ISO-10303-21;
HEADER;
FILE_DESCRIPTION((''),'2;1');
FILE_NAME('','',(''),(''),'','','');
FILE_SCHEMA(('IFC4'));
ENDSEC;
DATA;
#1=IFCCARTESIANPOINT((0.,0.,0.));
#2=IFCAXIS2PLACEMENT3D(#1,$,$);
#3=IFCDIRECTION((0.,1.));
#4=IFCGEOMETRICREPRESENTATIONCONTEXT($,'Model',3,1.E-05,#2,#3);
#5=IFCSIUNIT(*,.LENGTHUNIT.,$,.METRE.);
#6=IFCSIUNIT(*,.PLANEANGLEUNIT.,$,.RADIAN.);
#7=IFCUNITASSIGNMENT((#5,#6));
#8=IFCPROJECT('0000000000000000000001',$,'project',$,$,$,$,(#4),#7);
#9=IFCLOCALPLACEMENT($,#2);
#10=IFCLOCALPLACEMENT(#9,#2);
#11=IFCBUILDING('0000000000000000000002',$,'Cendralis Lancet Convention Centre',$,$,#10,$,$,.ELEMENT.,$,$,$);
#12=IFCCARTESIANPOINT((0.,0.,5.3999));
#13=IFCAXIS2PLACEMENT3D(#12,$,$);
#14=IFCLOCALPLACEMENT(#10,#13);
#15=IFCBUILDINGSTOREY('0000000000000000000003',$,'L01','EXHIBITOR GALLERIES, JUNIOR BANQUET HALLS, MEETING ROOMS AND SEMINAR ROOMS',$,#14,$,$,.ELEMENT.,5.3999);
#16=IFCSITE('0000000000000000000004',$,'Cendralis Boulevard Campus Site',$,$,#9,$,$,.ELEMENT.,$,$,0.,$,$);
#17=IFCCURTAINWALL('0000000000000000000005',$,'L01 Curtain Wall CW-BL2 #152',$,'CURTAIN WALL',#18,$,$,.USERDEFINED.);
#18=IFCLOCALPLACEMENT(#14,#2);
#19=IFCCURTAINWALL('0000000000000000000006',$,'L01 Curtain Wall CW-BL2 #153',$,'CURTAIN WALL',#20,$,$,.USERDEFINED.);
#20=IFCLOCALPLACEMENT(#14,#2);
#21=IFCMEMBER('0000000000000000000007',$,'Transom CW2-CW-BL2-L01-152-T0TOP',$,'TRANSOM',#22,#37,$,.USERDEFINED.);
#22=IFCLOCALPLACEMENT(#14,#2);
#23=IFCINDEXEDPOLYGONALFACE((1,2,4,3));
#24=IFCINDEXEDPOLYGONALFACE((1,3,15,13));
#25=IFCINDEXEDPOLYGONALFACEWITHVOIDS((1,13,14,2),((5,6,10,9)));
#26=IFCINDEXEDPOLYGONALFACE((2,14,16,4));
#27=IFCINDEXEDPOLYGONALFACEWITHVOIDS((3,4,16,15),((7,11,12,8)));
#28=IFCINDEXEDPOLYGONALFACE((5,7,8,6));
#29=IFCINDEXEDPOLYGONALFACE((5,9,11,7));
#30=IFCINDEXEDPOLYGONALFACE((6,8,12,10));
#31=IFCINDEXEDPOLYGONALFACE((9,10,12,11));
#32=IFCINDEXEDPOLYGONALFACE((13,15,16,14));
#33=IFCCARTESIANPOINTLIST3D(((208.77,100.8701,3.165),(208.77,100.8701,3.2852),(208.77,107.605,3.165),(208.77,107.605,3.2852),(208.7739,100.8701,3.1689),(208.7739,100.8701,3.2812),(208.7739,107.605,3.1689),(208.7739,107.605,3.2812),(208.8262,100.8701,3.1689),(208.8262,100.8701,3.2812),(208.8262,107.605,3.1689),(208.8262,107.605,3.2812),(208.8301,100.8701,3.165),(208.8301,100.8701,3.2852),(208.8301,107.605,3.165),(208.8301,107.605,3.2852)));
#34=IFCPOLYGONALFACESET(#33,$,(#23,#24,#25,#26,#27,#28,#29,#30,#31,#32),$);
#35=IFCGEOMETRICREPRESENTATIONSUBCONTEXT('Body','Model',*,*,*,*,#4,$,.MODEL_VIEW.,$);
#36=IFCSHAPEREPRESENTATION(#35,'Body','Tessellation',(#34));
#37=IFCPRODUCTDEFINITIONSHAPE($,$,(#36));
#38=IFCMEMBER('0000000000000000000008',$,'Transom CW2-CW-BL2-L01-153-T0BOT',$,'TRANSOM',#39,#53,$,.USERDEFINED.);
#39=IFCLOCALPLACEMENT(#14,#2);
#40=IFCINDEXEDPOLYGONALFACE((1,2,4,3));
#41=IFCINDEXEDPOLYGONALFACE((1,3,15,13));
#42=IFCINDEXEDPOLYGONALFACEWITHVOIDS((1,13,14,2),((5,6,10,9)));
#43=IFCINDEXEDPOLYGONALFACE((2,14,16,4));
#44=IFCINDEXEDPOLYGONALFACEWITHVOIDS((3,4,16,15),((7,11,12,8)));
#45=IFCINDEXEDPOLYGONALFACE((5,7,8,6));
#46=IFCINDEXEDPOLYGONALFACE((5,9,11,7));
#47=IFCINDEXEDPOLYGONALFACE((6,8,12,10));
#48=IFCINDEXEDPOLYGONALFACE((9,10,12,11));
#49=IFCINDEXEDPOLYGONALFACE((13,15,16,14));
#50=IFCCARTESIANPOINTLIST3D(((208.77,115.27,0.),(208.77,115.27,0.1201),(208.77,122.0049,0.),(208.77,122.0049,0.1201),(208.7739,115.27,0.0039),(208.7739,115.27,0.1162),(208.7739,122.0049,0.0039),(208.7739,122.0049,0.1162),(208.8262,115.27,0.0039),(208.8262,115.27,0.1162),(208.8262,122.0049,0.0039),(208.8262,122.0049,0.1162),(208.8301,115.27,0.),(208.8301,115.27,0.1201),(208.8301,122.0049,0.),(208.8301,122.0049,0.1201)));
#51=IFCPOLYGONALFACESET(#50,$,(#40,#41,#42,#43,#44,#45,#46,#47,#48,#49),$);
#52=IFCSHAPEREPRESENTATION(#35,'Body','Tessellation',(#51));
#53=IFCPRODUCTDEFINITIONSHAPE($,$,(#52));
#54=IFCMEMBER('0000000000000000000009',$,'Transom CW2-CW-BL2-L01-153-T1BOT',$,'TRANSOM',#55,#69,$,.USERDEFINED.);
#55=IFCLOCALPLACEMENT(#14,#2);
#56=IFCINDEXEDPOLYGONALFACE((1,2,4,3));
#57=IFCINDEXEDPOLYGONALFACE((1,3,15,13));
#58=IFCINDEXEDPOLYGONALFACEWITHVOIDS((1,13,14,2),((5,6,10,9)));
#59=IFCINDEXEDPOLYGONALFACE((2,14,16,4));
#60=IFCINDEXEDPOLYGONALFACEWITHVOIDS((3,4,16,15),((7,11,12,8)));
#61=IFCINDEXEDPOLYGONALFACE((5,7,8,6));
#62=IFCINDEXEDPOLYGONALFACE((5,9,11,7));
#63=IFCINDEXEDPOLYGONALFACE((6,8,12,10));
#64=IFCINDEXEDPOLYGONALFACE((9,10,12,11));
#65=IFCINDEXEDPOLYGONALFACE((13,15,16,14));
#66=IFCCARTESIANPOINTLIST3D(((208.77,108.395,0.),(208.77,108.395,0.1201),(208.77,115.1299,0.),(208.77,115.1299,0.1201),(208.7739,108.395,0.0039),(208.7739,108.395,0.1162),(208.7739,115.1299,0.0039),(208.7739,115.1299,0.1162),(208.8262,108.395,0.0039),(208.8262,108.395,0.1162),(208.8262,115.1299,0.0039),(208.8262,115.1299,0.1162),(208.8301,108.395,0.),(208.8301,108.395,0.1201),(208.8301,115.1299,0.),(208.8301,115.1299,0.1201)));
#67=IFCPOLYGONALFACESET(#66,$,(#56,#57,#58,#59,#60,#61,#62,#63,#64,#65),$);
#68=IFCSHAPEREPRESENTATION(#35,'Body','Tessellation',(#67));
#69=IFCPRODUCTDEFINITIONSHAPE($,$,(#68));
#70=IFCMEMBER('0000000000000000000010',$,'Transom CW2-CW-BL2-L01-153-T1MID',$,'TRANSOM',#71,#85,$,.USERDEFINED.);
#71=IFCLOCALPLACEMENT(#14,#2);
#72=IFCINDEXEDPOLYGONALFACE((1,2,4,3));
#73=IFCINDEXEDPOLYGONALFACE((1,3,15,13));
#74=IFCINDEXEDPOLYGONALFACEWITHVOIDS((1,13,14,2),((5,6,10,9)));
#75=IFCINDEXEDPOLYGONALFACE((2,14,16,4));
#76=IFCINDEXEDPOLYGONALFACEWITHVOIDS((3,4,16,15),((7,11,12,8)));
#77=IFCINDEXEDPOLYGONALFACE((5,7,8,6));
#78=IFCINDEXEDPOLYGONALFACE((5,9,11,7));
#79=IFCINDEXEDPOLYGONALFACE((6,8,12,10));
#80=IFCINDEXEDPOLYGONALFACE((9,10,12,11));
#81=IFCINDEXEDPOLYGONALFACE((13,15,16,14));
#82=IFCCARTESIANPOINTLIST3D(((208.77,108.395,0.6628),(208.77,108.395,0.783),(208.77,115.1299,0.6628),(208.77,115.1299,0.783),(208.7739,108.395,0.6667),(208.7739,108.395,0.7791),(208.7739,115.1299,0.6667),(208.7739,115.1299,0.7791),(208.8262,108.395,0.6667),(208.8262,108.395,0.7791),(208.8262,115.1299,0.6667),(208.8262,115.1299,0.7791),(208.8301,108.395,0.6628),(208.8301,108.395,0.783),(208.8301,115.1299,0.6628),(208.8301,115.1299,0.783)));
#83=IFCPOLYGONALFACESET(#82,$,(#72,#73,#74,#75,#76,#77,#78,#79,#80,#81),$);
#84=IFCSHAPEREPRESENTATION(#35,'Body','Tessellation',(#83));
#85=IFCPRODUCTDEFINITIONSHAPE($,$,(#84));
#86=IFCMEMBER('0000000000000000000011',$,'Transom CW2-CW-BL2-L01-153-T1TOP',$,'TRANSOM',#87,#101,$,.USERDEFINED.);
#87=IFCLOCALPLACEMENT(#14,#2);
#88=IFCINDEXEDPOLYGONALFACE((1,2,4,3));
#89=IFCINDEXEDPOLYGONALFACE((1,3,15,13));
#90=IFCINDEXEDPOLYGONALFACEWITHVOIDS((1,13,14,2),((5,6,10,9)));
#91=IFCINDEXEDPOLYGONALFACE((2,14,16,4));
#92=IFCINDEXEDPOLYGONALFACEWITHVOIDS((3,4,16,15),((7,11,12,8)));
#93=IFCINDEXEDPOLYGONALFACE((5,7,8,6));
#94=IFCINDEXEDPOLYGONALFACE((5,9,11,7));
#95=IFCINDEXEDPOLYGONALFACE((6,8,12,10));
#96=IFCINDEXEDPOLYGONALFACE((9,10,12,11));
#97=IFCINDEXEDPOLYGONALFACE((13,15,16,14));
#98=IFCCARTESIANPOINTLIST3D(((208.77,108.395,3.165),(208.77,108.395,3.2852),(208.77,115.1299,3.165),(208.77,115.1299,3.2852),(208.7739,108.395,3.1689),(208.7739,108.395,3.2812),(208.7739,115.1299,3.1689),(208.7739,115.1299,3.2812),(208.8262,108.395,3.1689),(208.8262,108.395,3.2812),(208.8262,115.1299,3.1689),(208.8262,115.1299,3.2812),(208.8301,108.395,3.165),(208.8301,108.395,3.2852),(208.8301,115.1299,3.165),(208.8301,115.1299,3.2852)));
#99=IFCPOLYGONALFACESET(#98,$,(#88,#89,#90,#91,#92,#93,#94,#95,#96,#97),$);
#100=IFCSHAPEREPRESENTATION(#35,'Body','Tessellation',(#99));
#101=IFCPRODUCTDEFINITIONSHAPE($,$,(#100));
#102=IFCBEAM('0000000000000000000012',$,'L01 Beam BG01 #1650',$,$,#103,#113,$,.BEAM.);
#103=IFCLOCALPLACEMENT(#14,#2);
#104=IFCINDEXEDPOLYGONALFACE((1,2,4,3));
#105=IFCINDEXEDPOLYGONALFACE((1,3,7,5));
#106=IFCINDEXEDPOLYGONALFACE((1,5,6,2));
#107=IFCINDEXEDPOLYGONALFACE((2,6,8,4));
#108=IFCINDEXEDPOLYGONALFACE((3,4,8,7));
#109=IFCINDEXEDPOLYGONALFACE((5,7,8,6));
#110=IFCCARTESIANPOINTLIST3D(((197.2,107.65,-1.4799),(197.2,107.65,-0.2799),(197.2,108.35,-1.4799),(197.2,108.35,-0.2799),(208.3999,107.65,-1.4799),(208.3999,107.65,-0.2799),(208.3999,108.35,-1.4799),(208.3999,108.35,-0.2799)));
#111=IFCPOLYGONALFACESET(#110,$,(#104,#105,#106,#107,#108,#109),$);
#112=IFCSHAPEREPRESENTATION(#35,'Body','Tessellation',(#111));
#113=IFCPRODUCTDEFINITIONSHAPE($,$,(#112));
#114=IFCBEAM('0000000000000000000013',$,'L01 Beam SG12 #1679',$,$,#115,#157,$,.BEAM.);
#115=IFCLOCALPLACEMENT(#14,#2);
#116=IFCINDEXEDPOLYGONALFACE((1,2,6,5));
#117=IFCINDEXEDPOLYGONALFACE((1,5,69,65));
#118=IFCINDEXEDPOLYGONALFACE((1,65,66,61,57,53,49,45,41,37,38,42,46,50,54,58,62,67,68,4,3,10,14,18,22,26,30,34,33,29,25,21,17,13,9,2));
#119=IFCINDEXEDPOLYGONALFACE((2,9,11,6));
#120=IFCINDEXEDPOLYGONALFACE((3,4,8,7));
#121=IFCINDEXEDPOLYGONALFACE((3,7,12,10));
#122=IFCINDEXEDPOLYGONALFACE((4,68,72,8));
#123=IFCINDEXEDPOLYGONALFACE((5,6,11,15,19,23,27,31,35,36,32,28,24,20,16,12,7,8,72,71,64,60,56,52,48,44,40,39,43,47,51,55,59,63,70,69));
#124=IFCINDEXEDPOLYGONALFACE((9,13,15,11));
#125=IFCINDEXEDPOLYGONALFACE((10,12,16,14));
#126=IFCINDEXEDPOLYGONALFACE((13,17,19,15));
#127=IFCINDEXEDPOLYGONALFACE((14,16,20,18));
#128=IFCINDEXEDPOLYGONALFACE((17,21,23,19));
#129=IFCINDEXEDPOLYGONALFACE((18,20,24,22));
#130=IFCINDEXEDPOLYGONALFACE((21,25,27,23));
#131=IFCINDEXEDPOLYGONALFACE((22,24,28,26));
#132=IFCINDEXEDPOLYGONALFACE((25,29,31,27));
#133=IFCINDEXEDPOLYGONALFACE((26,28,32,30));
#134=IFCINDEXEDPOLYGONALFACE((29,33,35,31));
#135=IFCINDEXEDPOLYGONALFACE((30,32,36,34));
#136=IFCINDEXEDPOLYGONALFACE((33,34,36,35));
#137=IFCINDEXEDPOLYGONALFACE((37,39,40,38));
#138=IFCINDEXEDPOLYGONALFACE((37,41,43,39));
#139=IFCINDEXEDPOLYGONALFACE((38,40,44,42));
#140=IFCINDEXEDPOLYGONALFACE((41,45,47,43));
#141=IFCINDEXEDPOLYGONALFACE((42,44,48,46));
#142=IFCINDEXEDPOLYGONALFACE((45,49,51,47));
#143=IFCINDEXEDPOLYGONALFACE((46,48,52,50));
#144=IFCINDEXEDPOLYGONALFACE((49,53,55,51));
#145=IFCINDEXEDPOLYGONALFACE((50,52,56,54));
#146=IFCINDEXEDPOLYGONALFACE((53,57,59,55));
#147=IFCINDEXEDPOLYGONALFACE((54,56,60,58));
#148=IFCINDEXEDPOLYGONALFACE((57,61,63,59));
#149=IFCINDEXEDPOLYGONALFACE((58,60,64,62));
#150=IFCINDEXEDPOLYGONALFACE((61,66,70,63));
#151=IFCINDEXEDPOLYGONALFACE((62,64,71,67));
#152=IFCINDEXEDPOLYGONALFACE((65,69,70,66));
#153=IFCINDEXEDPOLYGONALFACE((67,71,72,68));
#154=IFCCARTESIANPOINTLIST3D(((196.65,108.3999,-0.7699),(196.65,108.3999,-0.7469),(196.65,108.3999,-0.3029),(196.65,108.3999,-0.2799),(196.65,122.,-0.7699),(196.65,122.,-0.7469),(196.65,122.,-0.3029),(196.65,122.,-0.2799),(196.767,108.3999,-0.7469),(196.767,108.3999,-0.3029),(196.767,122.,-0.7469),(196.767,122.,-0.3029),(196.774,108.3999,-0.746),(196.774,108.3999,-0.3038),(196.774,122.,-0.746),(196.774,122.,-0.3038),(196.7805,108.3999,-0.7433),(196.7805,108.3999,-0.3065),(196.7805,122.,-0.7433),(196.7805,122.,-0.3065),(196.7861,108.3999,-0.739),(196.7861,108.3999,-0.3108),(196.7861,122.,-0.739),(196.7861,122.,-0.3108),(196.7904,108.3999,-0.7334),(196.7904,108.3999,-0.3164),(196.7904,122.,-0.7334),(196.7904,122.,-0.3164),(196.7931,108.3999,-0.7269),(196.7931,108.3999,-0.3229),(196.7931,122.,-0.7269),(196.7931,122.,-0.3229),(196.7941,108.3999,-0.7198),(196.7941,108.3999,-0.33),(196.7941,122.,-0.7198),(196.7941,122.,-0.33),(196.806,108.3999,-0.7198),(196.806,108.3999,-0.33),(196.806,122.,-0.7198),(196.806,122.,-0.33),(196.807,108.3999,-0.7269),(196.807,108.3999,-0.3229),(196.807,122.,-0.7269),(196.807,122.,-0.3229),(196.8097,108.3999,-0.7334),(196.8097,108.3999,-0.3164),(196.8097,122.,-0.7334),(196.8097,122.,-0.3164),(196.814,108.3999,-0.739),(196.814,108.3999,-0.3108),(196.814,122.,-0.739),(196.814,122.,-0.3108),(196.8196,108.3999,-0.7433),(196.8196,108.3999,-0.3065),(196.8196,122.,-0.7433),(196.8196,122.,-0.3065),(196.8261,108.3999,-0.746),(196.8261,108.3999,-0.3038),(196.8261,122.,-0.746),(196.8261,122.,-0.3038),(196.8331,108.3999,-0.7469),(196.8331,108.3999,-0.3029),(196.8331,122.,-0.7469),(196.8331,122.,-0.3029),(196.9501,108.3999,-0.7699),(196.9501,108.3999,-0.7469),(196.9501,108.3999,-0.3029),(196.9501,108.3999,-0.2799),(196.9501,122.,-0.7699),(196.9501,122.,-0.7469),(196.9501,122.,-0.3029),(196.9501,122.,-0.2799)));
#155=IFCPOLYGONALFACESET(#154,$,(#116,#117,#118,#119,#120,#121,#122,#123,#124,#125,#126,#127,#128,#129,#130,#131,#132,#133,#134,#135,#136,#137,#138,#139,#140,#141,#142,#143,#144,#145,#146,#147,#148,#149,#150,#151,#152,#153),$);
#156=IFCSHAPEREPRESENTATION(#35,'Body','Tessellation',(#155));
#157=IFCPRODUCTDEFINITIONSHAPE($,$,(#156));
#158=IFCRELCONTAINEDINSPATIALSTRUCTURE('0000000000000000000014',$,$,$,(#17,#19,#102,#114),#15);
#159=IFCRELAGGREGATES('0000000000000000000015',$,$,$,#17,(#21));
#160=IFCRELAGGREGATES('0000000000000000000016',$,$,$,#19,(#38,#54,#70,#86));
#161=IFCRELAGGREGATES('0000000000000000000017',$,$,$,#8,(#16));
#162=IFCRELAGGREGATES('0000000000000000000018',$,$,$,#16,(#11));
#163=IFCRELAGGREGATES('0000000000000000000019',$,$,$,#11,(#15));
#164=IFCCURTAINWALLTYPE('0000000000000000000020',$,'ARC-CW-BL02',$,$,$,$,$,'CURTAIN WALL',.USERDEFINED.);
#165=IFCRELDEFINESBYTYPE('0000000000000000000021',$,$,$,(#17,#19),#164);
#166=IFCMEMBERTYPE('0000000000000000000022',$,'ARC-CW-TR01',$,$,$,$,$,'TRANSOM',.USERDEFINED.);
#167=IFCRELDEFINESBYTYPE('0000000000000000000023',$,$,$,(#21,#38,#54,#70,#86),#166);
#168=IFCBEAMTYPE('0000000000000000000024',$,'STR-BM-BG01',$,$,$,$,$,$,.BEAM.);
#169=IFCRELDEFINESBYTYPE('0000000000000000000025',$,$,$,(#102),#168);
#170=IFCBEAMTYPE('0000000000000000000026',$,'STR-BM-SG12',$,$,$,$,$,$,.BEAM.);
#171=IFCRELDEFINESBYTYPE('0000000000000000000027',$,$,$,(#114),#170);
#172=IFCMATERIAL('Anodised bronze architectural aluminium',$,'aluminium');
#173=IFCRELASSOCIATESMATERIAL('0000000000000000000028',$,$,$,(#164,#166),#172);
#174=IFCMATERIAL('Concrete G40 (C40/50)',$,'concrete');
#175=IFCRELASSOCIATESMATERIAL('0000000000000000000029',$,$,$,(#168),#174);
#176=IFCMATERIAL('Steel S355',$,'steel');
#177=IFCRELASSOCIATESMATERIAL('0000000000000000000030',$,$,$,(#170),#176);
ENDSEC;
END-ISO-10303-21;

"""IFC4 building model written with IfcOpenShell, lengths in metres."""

from ifc_helpers import new_model, si_unit, direction, frame, origin, origin_2d, place, context, subcontext, project, spatial, rectangle, hollow_rectangle, i_section, extrude, material, material_profile, profile_set, type_object, element, aggregate, save


model = new_model("IFC4")

# Units and contexts
model_context = context("Model", 3, precision=1e-05, world=origin(), true_north=direction((0.0, 1.0)))
body_context = subcontext(model_context, "Body", "Model", "MODEL_VIEW")
ifc_project = project(units=[si_unit("LENGTHUNIT", "METRE"), si_unit("PLANEANGLEUNIT", "RADIAN")], contexts=[model_context])

# Site, building, storey
site_placement = place(None, origin())
site = spatial("IfcSite", under=ifc_project, at=site_placement, Name="Cendralis Boulevard Campus Site", CompositionType="ELEMENT", RefElevation=0.0)
building_placement = place(site_placement, origin())
building = spatial("IfcBuilding", under=site, at=building_placement, Name="Cendralis Lancet Convention Centre", CompositionType="ELEMENT")
storey_placement = place(building_placement, frame((0.0, 0.0, 5.3999)))
storey = spatial("IfcBuildingStorey", under=building, at=storey_placement, Name="L01", Description="EXHIBITOR GALLERIES, JUNIOR BANQUET HALLS, MEETING ROOMS AND SEMINAR ROOMS", CompositionType="ELEMENT", Elevation=5.3999)

# Shared definitions
ifc_material_1 = material(Name="Steel S355", Category="steel")

# Curtain wall
ifc_material_2 = material(Name="Anodised bronze architectural aluminium", Category="aluminium")
curtain_wall_type = type_object("IfcCurtainWallType", Name="ARC-CW-BL02", ElementType="CURTAIN WALL", PredefinedType="USERDEFINED", material=ifc_material_2)
curtain_wall_1_placement = place(storey_placement, origin())
curtain_wall_1 = element("IfcCurtainWall", 1, at=curtain_wall_1_placement, inside=storey, type_object=curtain_wall_type, Name="L01 Curtain Wall CW-BL2 #152", ObjectType="CURTAIN WALL", PredefinedType="USERDEFINED")

# Curtain wall
curtain_wall_2_placement = place(storey_placement, origin())
curtain_wall_2 = element("IfcCurtainWall", 2, at=curtain_wall_2_placement, inside=storey, type_object=curtain_wall_type, Name="L01 Curtain Wall CW-BL2 #153", ObjectType="CURTAIN WALL", PredefinedType="USERDEFINED")

# Members
ifc_material_profile_1 = material_profile(ifc_material_2, hollow_rectangle(XDim=0.0601, YDim=0.1201, WallThickness=0.0039, at=origin_2d()), Name="AL-TRAN 60x120x4.0")
ifc_profile_set_1 = profile_set([ifc_material_profile_1], Name="Anodised bronze architectural aluminium")
member_type_1 = type_object("IfcMemberType", Name="ARC-CW-TR01", ElementType="TRANSOM", PredefinedType="USERDEFINED", material=ifc_profile_set_1)
member_1_placement = place(storey_placement, frame((208.8, 107.605, 3.2251), z_axis=(0.0, -1.0, 0.0), x_axis=(1.0, 0.0, 0.0)))
member_1 = element("IfcMember", 3, at=member_1_placement, type_object=member_type_1, Name="Transom CW2-CW-BL2-L01-152-T0TOP", ObjectType="TRANSOM", PredefinedType="USERDEFINED", context=body_context, shape_type="SweptSolid", body=[
    extrude(hollow_rectangle(XDim=0.0601, YDim=0.1201, WallThickness=0.0039, at=origin_2d()), origin(), (0.0, 0.0, 1.0), 6.7349),
])
aggregate(curtain_wall_1, [member_1])
member_2_placement = place(storey_placement, frame((208.8, 122.0049, 0.0601), z_axis=(0.0, -1.0, 0.0), x_axis=(1.0, 0.0, 0.0)))
member_2 = element("IfcMember", 4, at=member_2_placement, type_object=member_type_1, Name="Transom CW2-CW-BL2-L01-153-T0BOT", ObjectType="TRANSOM", PredefinedType="USERDEFINED", context=body_context, shape_type="SweptSolid", body=[
    extrude(hollow_rectangle(XDim=0.0601, YDim=0.1201, WallThickness=0.0039, at=origin_2d()), origin(), (0.0, 0.0, 1.0), 6.7349),
])
member_3_placement = place(storey_placement, frame((208.8, 115.1299, 0.0601), z_axis=(0.0, -1.0, 0.0), x_axis=(1.0, 0.0, 0.0)))
member_3 = element("IfcMember", 5, at=member_3_placement, type_object=member_type_1, Name="Transom CW2-CW-BL2-L01-153-T1BOT", ObjectType="TRANSOM", PredefinedType="USERDEFINED", context=body_context, shape_type="SweptSolid", body=[
    extrude(hollow_rectangle(XDim=0.0601, YDim=0.1201, WallThickness=0.0039, at=origin_2d()), origin(), (0.0, 0.0, 1.0), 6.7349),
])
member_4_placement = place(storey_placement, frame((208.8, 115.1299, 0.7229), z_axis=(0.0, -1.0, 0.0), x_axis=(1.0, 0.0, 0.0)))
member_4 = element("IfcMember", 6, at=member_4_placement, type_object=member_type_1, Name="Transom CW2-CW-BL2-L01-153-T1MID", ObjectType="TRANSOM", PredefinedType="USERDEFINED", context=body_context, shape_type="SweptSolid", body=[
    extrude(hollow_rectangle(XDim=0.0601, YDim=0.1201, WallThickness=0.0039, at=origin_2d()), origin(), (0.0, 0.0, 1.0), 6.7349),
])
member_5_placement = place(storey_placement, frame((208.8, 115.1299, 3.2251), z_axis=(0.0, -1.0, 0.0), x_axis=(1.0, 0.0, 0.0)))
member_5 = element("IfcMember", 7, at=member_5_placement, type_object=member_type_1, Name="Transom CW2-CW-BL2-L01-153-T1TOP", ObjectType="TRANSOM", PredefinedType="USERDEFINED", context=body_context, shape_type="SweptSolid", body=[
    extrude(hollow_rectangle(XDim=0.0601, YDim=0.1201, WallThickness=0.0039, at=origin_2d()), origin(), (0.0, 0.0, 1.0), 6.7349),
])

# Beams
ifc_material_3 = material(Name="Concrete G40 (C40/50)", Category="concrete")
ifc_material_profile_2 = material_profile(ifc_material_3, rectangle(XDim=0.7, YDim=1.2, at=origin_2d()), Name="RCB 700x1200")
ifc_profile_set_2 = profile_set([ifc_material_profile_2], Name="Concrete G40 (C40/50)")
beam_type_1 = type_object("IfcBeamType", Name="STR-BM-BG01", PredefinedType="BEAM", material=ifc_profile_set_2)
beam_1_placement = place(storey_placement, frame((197.2, 108.0, -0.8799), z_axis=(1.0, 0.0, 0.0), x_axis=(0.0, 1.0, 0.0)))
element("IfcBeam", 8, at=beam_1_placement, inside=storey, type_object=beam_type_1, Name="L01 Beam BG01 #1650", PredefinedType="BEAM", context=body_context, shape_type="SweptSolid", body=[
    extrude(rectangle(XDim=0.7, YDim=1.2, at=origin_2d()), origin(), (0.0, 0.0, 1.0), 11.2),
])
ifc_material_profile_3 = material_profile(ifc_material_1, i_section(OverallWidth=0.3, OverallDepth=0.49, WebThickness=0.012, FlangeThickness=0.0229, FilletRadius=0.0271, at=origin_2d()), Name="HEA 500")
ifc_profile_set_3 = profile_set([ifc_material_profile_3], Name="Steel S355")
beam_type_2 = type_object("IfcBeamType", Name="STR-BM-SG12", PredefinedType="BEAM", material=ifc_profile_set_3)
beam_2_placement = place(storey_placement, frame((196.8, 108.3999, -0.5249), z_axis=(0.0, 1.0, 0.0), x_axis=(-1.0, 0.0, 0.0)))
element("IfcBeam", 9, at=beam_2_placement, inside=storey, type_object=beam_type_2, Name="L01 Beam SG12 #1679", PredefinedType="BEAM", context=body_context, shape_type="SweptSolid", body=[
    extrude(i_section(OverallWidth=0.3, OverallDepth=0.49, WebThickness=0.012, FlangeThickness=0.0229, FilletRadius=0.0271, at=origin_2d()), origin(), (0.0, 0.0, 1.0), 13.6001),
])

aggregate(curtain_wall_2, [member_2, member_3, member_4, member_5])

save(model, "model.ifc")
